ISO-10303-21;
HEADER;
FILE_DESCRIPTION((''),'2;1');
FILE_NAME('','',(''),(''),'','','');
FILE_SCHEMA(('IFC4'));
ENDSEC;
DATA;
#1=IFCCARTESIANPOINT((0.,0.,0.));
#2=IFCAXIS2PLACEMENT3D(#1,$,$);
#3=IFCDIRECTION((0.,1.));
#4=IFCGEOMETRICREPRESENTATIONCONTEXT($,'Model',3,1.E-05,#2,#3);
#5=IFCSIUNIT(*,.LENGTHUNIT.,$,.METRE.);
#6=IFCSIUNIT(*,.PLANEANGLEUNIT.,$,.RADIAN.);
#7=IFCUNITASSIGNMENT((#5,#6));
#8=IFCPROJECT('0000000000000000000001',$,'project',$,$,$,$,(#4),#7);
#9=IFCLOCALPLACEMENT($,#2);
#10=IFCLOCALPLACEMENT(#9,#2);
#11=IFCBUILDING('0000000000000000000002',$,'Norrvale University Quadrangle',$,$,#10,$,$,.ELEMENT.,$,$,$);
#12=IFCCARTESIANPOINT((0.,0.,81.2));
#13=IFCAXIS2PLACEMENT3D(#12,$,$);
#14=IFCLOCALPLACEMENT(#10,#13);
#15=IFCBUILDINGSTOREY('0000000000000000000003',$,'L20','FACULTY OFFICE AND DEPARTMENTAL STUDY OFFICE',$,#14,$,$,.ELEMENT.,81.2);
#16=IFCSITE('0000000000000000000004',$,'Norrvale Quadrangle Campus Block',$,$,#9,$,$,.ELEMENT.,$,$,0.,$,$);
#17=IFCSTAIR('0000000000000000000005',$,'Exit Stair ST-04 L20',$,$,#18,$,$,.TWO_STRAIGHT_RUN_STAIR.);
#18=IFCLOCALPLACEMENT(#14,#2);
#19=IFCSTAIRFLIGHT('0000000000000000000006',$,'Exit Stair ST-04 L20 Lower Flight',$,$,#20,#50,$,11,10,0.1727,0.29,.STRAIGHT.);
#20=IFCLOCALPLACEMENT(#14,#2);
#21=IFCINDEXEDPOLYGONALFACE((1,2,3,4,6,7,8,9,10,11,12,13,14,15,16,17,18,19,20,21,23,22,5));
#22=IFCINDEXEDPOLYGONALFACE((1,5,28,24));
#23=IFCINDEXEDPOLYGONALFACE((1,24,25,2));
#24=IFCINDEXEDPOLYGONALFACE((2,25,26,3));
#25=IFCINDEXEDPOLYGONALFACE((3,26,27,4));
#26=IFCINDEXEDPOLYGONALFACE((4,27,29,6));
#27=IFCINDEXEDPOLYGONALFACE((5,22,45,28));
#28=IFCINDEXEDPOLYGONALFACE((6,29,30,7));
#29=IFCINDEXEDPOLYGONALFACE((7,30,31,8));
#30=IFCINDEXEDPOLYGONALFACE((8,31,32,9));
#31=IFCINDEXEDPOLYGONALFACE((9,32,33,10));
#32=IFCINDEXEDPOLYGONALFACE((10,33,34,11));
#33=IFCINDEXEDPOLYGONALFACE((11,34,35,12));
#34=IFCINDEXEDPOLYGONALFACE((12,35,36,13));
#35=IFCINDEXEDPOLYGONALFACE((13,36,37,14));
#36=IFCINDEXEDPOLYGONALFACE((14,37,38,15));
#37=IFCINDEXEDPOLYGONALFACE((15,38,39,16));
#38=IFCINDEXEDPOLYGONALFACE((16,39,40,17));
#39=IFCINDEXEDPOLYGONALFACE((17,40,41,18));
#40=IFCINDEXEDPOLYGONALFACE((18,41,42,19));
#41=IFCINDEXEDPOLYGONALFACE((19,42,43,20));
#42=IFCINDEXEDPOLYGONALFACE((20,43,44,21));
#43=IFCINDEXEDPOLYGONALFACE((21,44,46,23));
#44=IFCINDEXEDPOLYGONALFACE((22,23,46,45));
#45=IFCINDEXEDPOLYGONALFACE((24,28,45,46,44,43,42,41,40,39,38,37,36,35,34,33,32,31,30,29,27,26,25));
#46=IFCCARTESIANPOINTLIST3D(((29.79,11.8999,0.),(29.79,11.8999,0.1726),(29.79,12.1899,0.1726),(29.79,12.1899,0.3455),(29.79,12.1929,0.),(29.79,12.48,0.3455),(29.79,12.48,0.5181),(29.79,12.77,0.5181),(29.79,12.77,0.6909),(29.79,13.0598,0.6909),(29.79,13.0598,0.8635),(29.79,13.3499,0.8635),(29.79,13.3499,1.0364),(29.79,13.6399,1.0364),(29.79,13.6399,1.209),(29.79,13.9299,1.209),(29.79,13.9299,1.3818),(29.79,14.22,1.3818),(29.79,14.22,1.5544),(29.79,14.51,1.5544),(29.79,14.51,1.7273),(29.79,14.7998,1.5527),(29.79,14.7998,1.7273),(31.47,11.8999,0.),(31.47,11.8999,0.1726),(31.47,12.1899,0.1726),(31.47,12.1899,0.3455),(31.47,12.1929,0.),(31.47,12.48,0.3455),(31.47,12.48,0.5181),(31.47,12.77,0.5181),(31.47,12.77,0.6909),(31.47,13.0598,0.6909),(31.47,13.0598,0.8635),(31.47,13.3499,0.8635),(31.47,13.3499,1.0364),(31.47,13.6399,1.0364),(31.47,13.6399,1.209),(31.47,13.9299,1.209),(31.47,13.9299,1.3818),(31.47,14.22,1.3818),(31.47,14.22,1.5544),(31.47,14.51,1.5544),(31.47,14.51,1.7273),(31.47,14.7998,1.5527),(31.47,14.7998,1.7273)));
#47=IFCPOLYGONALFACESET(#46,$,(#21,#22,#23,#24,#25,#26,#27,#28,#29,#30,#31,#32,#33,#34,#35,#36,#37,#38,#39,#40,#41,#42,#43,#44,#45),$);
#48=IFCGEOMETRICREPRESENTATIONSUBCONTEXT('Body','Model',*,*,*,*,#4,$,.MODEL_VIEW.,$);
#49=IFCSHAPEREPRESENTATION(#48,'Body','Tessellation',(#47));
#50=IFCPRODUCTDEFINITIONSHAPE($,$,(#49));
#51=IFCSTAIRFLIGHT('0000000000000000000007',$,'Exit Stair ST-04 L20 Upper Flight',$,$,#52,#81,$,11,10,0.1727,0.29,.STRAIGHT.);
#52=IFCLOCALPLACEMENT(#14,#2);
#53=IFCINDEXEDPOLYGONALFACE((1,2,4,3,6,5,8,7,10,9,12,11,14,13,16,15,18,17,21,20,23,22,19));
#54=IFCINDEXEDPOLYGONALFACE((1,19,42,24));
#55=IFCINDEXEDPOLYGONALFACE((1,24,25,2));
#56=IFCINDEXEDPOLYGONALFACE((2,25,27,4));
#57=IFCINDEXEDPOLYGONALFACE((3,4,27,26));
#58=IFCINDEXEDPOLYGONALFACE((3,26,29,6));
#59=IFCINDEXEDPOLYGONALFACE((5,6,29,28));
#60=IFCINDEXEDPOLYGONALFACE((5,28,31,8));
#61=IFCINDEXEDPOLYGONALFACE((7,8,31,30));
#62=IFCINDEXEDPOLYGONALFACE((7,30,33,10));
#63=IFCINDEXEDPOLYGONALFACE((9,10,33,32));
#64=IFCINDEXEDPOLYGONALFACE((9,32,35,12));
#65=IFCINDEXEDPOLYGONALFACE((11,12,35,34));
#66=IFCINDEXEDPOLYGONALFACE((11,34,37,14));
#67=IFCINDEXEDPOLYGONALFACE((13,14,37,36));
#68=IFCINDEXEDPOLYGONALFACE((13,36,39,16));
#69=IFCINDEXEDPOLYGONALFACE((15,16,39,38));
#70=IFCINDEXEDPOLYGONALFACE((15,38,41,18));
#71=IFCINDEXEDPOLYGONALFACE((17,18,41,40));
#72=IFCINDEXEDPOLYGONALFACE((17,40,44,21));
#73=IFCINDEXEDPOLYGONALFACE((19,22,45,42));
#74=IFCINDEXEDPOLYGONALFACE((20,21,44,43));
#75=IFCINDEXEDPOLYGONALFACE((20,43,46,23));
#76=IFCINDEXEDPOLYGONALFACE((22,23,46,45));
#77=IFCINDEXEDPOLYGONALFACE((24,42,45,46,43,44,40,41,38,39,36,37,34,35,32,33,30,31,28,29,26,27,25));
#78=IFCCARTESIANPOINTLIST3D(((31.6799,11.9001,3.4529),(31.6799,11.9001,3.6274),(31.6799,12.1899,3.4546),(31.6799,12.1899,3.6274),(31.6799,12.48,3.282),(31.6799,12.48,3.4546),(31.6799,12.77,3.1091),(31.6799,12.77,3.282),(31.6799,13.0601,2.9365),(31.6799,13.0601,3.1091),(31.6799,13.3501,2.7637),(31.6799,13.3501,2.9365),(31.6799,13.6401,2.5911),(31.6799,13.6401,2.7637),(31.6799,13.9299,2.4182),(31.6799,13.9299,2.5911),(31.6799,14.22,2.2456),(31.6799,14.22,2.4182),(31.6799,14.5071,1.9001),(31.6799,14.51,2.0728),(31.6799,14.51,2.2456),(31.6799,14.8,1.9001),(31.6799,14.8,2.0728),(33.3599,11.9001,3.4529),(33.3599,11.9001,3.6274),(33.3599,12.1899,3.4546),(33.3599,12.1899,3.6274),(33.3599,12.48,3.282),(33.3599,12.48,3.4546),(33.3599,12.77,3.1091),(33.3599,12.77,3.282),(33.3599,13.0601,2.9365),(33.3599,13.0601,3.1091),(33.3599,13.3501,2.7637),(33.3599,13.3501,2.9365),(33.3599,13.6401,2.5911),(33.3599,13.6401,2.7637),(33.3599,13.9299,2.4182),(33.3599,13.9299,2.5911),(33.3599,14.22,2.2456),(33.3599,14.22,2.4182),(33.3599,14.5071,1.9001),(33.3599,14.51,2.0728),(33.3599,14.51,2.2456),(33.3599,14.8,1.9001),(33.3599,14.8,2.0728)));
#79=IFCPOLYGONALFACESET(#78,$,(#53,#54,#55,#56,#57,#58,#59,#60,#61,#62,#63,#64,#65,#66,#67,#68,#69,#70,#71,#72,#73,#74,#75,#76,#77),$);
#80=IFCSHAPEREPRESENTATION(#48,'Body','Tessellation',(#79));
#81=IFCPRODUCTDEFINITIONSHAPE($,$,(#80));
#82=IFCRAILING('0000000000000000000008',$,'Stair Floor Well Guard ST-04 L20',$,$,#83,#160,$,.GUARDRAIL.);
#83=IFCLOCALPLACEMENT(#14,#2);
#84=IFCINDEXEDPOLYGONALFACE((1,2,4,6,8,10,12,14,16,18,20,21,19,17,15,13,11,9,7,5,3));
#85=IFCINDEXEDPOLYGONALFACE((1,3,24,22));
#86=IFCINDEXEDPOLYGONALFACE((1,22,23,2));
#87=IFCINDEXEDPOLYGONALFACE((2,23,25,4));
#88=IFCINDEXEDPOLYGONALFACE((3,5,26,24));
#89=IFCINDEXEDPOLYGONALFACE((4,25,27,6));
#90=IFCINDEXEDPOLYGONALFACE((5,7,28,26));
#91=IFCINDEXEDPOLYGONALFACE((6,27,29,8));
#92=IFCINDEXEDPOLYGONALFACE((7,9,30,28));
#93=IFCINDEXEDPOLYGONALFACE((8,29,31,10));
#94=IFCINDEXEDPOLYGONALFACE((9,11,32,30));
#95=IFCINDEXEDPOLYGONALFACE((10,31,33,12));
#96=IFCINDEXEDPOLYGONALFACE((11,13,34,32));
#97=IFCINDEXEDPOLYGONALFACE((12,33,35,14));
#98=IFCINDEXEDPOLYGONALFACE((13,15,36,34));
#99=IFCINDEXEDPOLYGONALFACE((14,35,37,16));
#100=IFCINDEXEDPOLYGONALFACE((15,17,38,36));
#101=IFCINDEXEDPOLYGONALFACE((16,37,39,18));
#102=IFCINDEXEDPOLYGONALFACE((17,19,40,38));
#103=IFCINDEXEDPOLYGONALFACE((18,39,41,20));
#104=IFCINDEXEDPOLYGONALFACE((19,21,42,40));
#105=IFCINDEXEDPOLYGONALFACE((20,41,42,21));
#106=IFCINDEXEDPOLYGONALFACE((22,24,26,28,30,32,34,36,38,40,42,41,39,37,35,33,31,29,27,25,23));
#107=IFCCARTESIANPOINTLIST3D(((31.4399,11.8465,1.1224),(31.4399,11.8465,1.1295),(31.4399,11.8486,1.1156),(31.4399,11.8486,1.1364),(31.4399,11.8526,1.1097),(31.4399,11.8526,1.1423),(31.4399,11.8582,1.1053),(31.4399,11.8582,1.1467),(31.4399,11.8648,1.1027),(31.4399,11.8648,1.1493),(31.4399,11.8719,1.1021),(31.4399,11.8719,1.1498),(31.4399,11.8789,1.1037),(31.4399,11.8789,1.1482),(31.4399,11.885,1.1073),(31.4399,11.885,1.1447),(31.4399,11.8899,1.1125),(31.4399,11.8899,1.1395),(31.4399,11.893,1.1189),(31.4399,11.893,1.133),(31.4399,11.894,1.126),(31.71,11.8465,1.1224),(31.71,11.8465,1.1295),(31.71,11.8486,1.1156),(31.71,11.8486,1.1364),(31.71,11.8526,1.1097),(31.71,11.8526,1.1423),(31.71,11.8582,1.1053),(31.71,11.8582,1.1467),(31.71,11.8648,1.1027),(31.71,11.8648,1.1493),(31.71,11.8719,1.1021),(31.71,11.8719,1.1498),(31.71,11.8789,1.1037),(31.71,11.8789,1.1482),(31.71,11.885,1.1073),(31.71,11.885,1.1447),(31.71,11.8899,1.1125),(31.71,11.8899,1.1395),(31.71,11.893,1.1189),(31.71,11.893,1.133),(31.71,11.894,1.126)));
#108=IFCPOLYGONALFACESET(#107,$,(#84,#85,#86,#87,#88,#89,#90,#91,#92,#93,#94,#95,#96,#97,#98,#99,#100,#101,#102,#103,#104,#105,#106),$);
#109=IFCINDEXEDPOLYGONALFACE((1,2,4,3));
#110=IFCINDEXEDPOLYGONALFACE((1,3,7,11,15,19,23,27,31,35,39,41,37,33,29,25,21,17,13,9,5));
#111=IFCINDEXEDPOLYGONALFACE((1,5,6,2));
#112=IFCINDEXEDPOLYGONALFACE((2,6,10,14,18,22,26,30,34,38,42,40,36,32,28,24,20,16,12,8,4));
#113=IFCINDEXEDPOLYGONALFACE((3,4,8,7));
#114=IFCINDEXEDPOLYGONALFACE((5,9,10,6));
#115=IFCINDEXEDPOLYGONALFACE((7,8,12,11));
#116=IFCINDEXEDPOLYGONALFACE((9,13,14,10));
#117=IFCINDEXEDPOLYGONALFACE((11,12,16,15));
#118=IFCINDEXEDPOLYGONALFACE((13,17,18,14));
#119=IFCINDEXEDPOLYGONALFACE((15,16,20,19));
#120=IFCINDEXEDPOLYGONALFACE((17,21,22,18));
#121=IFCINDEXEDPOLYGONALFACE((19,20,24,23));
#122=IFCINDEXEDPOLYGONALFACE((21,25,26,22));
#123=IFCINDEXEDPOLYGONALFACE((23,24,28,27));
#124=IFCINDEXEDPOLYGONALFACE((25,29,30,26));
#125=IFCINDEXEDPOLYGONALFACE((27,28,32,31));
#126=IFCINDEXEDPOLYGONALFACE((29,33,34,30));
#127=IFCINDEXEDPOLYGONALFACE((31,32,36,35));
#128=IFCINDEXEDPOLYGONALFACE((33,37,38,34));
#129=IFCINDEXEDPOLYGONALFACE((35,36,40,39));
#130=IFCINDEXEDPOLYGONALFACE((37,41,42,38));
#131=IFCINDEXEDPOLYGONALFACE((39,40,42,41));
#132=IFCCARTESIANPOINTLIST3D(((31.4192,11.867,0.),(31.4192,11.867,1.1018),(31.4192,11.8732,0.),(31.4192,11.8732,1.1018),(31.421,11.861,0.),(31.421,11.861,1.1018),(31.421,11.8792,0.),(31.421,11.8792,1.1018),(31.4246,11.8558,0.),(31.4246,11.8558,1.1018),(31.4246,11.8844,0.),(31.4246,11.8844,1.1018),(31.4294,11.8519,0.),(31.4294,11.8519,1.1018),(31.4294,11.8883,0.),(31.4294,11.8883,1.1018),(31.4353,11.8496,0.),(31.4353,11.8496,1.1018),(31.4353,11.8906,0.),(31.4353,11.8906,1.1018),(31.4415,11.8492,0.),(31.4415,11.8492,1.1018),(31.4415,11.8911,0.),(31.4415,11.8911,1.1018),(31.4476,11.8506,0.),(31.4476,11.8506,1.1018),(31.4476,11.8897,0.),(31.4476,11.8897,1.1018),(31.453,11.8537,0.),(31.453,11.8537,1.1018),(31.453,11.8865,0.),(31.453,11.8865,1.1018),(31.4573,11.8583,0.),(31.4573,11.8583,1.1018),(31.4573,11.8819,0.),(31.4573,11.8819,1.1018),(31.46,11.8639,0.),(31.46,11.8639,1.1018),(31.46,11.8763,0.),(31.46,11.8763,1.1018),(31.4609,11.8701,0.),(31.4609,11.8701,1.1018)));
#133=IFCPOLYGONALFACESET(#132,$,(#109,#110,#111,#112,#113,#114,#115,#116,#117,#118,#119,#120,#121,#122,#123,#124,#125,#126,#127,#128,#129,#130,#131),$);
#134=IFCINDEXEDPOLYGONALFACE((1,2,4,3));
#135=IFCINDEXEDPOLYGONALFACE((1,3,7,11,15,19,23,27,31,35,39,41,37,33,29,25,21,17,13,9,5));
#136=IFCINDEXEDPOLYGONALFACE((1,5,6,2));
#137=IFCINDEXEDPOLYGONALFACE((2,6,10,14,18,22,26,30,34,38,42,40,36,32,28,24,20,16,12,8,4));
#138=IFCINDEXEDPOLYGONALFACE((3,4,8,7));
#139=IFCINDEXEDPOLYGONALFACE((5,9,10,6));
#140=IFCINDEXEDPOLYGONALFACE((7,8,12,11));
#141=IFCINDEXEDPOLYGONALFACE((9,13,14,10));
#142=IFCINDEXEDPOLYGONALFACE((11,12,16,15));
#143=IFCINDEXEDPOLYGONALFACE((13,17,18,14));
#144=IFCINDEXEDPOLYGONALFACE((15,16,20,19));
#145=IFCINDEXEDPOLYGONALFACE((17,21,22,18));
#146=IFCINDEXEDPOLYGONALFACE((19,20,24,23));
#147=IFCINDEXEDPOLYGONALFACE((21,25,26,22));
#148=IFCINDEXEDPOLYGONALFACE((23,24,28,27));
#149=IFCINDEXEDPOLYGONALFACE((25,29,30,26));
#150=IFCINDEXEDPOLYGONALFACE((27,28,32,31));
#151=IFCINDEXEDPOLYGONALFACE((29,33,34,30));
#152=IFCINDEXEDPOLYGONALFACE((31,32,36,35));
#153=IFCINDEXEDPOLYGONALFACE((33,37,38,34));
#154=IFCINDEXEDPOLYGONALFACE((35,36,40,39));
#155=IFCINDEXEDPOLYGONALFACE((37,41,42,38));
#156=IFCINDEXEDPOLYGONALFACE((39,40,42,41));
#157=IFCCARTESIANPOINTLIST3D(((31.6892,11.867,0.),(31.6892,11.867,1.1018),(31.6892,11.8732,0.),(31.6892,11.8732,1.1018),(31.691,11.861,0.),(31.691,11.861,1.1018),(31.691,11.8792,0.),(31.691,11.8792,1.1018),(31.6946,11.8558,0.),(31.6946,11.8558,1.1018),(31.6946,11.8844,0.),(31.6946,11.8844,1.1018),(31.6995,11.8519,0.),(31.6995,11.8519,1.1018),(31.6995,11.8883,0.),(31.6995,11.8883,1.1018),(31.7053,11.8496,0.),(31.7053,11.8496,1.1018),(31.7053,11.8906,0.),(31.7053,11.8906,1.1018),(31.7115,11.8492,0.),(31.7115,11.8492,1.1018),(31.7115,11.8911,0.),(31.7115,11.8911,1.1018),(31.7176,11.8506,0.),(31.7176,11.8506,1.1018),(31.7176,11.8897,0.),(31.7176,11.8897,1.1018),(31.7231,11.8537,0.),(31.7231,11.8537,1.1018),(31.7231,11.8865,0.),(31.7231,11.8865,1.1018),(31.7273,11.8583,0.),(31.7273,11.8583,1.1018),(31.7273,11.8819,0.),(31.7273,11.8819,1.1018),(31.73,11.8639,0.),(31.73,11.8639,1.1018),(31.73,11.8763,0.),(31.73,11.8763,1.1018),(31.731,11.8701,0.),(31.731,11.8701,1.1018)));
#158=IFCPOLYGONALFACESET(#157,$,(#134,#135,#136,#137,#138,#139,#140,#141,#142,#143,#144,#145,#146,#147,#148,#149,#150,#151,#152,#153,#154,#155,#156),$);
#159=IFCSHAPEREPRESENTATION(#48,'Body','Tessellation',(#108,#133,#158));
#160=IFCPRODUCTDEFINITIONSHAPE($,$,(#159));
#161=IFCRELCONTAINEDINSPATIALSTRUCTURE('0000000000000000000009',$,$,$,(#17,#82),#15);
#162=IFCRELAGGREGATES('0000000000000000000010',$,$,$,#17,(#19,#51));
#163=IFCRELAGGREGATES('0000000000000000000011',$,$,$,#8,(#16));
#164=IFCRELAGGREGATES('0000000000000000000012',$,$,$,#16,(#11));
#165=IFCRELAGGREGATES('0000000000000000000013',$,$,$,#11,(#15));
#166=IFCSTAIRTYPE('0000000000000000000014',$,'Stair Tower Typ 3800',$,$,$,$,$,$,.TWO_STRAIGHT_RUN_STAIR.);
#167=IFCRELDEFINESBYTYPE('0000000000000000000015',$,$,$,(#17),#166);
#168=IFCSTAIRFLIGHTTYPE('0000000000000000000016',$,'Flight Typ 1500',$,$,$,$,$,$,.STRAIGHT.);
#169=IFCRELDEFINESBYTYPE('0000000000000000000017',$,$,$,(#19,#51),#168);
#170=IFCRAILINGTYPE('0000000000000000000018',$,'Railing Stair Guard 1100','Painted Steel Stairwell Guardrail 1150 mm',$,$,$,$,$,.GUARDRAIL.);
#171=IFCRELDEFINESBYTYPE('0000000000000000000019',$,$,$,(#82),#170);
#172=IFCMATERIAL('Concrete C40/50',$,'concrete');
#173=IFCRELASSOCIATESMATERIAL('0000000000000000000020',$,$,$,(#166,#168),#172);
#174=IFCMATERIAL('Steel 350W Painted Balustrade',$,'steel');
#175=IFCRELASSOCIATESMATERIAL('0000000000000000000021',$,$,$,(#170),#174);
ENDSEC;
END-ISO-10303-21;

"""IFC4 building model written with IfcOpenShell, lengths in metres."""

from ifc_helpers import new_model, si_unit, direction, frame, origin, origin_2d, place, context, subcontext, project, spatial, polyline, circle, outline, extrude, material, type_object, element, aggregate, save


model = new_model("IFC4")

# Units and contexts
model_context = context("Model", 3, precision=1e-05, world=origin(), true_north=direction((0.0, 1.0)))
body_context = subcontext(model_context, "Body", "Model", "MODEL_VIEW")
ifc_project = project(units=[si_unit("LENGTHUNIT", "METRE"), si_unit("PLANEANGLEUNIT", "RADIAN")], contexts=[model_context])

# Site, building, storey
site_placement = place(None, origin())
site = spatial("IfcSite", under=ifc_project, at=site_placement, Name="Norrvale Quadrangle Campus Block", CompositionType="ELEMENT", RefElevation=0.0)
building_placement = place(site_placement, origin())
building = spatial("IfcBuilding", under=site, at=building_placement, Name="Norrvale University Quadrangle", CompositionType="ELEMENT")
storey_placement = place(building_placement, frame((0.0, 0.0, 81.2)))
storey = spatial("IfcBuildingStorey", under=building, at=storey_placement, Name="L20", Description="FACULTY OFFICE AND DEPARTMENTAL STUDY OFFICE", CompositionType="ELEMENT", Elevation=81.2)

# Stair, stair flights
ifc_material_1 = material(Name="Concrete C40/50", Category="concrete")
stair_type = type_object("IfcStairType", Name="Stair Tower Typ 3800", PredefinedType="TWO_STRAIGHT_RUN_STAIR", material=ifc_material_1)
stair_placement = place(storey_placement, origin())
stair = element("IfcStair", 1, at=stair_placement, inside=storey, type_object=stair_type, Name="Exit Stair ST-04 L20", PredefinedType="TWO_STRAIGHT_RUN_STAIR")
stair_flight_type = type_object("IfcStairFlightType", Name="Flight Typ 1500", PredefinedType="STRAIGHT", material=ifc_material_1)
stair_flight_1_placement = place(storey_placement, frame((30.6299, 11.8999, 0.0), z_axis=(0.0, 0.0, 1.0), x_axis=(0.0, 1.0, 0.0)))
stair_flight_1 = element("IfcStairFlight", 2, at=stair_flight_1_placement, type_object=stair_flight_type, Name="Exit Stair ST-04 L20 Lower Flight", NumberOfRisers=11, NumberOfTreads=10, PredefinedType="STRAIGHT", RiserHeight=0.1727, TreadLength=0.29, context=body_context, shape_type="SweptSolid", body=[
    extrude(outline(polyline([(0.0, 0.0), (0.0, 0.1726), (0.29, 0.1726), (0.29, 0.3455), (0.5801, 0.3455), (0.5801, 0.5181), (0.8701, 0.5181), (0.8701, 0.6909), (1.1599, 0.6909), (1.1599, 0.8635), (1.45, 0.8635), (1.45, 1.0364), (1.74, 1.0364), (1.74, 1.209), (2.03, 1.209), (2.03, 1.3818), (2.3201, 1.3818), (2.3201, 1.5544), (2.6101, 1.5544), (2.6101, 1.7273), (2.8999, 1.7273), (2.8999, 1.8999), (2.8999, 1.5527), (0.293, 0.0), (0.0, 0.0)])), frame((0.0, 0.8398, 0.0), z_axis=(0.0, -1.0, 0.0), x_axis=(1.0, 0.0, 0.0)), (0.0, 0.0, 1.0), 1.6799),
])
stair_flight_2_placement = place(storey_placement, frame((32.52, 14.8, 1.9001), z_axis=(0.0, 0.0, 1.0), x_axis=(0.0, -1.0, 0.0)))
stair_flight_2 = element("IfcStairFlight", 3, at=stair_flight_2_placement, type_object=stair_flight_type, Name="Exit Stair ST-04 L20 Upper Flight", NumberOfRisers=11, NumberOfTreads=10, PredefinedType="STRAIGHT", RiserHeight=0.1727, TreadLength=0.29, context=body_context, shape_type="SweptSolid", body=[
    extrude(outline(polyline([(0.0, 0.0), (0.0, 0.1726), (0.29, 0.1726), (0.29, 0.3455), (0.5801, 0.3455), (0.5801, 0.5181), (0.8701, 0.5181), (0.8701, 0.6909), (1.1599, 0.6909), (1.1599, 0.8635), (1.45, 0.8635), (1.45, 1.0364), (1.74, 1.0364), (1.74, 1.209), (2.03, 1.209), (2.03, 1.3818), (2.3201, 1.3818), (2.3201, 1.5544), (2.6101, 1.5544), (2.6101, 1.7273), (2.8999, 1.7273), (2.8999, 1.8999), (2.8999, 1.5527), (0.293, 0.0), (0.0, 0.0)])), frame((0.0, 0.8398, 0.0), z_axis=(0.0, -1.0, 0.0), x_axis=(1.0, 0.0, 0.0)), (0.0, 0.0, 1.0), 1.6799),
])
aggregate(stair, [stair_flight_1, stair_flight_2])

# Railing
ifc_material_2 = material(Name="Steel 350W Painted Balustrade", Category="steel")
railing_type_1 = type_object("IfcRailingType", Name="Railing Stair Guard 1100", Description="Painted Steel Stairwell Guardrail 1150 mm", PredefinedType="GUARDRAIL", material=ifc_material_2)
for number, where, name in (
    (4, (31.4399, 11.8701, 0.0), "Stair Floor Well Guard ST-04 L20"),
):
    element("IfcRailing", number, at=place(storey_placement, frame(where)), inside=storey, type_object=railing_type_1, Name=name, PredefinedType="GUARDRAIL", context=body_context, shape_type="SweptSolid", body=[
        extrude(circle(Radius=0.0239, at=origin_2d()), frame((0.0, 0.0, 1.126), z_axis=(1.0, 0.0, 0.0), x_axis=(0.0, 1.0, 0.0)), (0.0, 0.0, 1.0), 0.27),
        extrude(circle(Radius=0.021, at=origin_2d()), origin(), (0.0, 0.0, 1.0), 1.1018),
        extrude(circle(Radius=0.021, at=origin_2d()), frame((0.27, 0.0, 0.0)), (0.0, 0.0, 1.0), 1.1018),
    ])

save(model, "model.ifc")
